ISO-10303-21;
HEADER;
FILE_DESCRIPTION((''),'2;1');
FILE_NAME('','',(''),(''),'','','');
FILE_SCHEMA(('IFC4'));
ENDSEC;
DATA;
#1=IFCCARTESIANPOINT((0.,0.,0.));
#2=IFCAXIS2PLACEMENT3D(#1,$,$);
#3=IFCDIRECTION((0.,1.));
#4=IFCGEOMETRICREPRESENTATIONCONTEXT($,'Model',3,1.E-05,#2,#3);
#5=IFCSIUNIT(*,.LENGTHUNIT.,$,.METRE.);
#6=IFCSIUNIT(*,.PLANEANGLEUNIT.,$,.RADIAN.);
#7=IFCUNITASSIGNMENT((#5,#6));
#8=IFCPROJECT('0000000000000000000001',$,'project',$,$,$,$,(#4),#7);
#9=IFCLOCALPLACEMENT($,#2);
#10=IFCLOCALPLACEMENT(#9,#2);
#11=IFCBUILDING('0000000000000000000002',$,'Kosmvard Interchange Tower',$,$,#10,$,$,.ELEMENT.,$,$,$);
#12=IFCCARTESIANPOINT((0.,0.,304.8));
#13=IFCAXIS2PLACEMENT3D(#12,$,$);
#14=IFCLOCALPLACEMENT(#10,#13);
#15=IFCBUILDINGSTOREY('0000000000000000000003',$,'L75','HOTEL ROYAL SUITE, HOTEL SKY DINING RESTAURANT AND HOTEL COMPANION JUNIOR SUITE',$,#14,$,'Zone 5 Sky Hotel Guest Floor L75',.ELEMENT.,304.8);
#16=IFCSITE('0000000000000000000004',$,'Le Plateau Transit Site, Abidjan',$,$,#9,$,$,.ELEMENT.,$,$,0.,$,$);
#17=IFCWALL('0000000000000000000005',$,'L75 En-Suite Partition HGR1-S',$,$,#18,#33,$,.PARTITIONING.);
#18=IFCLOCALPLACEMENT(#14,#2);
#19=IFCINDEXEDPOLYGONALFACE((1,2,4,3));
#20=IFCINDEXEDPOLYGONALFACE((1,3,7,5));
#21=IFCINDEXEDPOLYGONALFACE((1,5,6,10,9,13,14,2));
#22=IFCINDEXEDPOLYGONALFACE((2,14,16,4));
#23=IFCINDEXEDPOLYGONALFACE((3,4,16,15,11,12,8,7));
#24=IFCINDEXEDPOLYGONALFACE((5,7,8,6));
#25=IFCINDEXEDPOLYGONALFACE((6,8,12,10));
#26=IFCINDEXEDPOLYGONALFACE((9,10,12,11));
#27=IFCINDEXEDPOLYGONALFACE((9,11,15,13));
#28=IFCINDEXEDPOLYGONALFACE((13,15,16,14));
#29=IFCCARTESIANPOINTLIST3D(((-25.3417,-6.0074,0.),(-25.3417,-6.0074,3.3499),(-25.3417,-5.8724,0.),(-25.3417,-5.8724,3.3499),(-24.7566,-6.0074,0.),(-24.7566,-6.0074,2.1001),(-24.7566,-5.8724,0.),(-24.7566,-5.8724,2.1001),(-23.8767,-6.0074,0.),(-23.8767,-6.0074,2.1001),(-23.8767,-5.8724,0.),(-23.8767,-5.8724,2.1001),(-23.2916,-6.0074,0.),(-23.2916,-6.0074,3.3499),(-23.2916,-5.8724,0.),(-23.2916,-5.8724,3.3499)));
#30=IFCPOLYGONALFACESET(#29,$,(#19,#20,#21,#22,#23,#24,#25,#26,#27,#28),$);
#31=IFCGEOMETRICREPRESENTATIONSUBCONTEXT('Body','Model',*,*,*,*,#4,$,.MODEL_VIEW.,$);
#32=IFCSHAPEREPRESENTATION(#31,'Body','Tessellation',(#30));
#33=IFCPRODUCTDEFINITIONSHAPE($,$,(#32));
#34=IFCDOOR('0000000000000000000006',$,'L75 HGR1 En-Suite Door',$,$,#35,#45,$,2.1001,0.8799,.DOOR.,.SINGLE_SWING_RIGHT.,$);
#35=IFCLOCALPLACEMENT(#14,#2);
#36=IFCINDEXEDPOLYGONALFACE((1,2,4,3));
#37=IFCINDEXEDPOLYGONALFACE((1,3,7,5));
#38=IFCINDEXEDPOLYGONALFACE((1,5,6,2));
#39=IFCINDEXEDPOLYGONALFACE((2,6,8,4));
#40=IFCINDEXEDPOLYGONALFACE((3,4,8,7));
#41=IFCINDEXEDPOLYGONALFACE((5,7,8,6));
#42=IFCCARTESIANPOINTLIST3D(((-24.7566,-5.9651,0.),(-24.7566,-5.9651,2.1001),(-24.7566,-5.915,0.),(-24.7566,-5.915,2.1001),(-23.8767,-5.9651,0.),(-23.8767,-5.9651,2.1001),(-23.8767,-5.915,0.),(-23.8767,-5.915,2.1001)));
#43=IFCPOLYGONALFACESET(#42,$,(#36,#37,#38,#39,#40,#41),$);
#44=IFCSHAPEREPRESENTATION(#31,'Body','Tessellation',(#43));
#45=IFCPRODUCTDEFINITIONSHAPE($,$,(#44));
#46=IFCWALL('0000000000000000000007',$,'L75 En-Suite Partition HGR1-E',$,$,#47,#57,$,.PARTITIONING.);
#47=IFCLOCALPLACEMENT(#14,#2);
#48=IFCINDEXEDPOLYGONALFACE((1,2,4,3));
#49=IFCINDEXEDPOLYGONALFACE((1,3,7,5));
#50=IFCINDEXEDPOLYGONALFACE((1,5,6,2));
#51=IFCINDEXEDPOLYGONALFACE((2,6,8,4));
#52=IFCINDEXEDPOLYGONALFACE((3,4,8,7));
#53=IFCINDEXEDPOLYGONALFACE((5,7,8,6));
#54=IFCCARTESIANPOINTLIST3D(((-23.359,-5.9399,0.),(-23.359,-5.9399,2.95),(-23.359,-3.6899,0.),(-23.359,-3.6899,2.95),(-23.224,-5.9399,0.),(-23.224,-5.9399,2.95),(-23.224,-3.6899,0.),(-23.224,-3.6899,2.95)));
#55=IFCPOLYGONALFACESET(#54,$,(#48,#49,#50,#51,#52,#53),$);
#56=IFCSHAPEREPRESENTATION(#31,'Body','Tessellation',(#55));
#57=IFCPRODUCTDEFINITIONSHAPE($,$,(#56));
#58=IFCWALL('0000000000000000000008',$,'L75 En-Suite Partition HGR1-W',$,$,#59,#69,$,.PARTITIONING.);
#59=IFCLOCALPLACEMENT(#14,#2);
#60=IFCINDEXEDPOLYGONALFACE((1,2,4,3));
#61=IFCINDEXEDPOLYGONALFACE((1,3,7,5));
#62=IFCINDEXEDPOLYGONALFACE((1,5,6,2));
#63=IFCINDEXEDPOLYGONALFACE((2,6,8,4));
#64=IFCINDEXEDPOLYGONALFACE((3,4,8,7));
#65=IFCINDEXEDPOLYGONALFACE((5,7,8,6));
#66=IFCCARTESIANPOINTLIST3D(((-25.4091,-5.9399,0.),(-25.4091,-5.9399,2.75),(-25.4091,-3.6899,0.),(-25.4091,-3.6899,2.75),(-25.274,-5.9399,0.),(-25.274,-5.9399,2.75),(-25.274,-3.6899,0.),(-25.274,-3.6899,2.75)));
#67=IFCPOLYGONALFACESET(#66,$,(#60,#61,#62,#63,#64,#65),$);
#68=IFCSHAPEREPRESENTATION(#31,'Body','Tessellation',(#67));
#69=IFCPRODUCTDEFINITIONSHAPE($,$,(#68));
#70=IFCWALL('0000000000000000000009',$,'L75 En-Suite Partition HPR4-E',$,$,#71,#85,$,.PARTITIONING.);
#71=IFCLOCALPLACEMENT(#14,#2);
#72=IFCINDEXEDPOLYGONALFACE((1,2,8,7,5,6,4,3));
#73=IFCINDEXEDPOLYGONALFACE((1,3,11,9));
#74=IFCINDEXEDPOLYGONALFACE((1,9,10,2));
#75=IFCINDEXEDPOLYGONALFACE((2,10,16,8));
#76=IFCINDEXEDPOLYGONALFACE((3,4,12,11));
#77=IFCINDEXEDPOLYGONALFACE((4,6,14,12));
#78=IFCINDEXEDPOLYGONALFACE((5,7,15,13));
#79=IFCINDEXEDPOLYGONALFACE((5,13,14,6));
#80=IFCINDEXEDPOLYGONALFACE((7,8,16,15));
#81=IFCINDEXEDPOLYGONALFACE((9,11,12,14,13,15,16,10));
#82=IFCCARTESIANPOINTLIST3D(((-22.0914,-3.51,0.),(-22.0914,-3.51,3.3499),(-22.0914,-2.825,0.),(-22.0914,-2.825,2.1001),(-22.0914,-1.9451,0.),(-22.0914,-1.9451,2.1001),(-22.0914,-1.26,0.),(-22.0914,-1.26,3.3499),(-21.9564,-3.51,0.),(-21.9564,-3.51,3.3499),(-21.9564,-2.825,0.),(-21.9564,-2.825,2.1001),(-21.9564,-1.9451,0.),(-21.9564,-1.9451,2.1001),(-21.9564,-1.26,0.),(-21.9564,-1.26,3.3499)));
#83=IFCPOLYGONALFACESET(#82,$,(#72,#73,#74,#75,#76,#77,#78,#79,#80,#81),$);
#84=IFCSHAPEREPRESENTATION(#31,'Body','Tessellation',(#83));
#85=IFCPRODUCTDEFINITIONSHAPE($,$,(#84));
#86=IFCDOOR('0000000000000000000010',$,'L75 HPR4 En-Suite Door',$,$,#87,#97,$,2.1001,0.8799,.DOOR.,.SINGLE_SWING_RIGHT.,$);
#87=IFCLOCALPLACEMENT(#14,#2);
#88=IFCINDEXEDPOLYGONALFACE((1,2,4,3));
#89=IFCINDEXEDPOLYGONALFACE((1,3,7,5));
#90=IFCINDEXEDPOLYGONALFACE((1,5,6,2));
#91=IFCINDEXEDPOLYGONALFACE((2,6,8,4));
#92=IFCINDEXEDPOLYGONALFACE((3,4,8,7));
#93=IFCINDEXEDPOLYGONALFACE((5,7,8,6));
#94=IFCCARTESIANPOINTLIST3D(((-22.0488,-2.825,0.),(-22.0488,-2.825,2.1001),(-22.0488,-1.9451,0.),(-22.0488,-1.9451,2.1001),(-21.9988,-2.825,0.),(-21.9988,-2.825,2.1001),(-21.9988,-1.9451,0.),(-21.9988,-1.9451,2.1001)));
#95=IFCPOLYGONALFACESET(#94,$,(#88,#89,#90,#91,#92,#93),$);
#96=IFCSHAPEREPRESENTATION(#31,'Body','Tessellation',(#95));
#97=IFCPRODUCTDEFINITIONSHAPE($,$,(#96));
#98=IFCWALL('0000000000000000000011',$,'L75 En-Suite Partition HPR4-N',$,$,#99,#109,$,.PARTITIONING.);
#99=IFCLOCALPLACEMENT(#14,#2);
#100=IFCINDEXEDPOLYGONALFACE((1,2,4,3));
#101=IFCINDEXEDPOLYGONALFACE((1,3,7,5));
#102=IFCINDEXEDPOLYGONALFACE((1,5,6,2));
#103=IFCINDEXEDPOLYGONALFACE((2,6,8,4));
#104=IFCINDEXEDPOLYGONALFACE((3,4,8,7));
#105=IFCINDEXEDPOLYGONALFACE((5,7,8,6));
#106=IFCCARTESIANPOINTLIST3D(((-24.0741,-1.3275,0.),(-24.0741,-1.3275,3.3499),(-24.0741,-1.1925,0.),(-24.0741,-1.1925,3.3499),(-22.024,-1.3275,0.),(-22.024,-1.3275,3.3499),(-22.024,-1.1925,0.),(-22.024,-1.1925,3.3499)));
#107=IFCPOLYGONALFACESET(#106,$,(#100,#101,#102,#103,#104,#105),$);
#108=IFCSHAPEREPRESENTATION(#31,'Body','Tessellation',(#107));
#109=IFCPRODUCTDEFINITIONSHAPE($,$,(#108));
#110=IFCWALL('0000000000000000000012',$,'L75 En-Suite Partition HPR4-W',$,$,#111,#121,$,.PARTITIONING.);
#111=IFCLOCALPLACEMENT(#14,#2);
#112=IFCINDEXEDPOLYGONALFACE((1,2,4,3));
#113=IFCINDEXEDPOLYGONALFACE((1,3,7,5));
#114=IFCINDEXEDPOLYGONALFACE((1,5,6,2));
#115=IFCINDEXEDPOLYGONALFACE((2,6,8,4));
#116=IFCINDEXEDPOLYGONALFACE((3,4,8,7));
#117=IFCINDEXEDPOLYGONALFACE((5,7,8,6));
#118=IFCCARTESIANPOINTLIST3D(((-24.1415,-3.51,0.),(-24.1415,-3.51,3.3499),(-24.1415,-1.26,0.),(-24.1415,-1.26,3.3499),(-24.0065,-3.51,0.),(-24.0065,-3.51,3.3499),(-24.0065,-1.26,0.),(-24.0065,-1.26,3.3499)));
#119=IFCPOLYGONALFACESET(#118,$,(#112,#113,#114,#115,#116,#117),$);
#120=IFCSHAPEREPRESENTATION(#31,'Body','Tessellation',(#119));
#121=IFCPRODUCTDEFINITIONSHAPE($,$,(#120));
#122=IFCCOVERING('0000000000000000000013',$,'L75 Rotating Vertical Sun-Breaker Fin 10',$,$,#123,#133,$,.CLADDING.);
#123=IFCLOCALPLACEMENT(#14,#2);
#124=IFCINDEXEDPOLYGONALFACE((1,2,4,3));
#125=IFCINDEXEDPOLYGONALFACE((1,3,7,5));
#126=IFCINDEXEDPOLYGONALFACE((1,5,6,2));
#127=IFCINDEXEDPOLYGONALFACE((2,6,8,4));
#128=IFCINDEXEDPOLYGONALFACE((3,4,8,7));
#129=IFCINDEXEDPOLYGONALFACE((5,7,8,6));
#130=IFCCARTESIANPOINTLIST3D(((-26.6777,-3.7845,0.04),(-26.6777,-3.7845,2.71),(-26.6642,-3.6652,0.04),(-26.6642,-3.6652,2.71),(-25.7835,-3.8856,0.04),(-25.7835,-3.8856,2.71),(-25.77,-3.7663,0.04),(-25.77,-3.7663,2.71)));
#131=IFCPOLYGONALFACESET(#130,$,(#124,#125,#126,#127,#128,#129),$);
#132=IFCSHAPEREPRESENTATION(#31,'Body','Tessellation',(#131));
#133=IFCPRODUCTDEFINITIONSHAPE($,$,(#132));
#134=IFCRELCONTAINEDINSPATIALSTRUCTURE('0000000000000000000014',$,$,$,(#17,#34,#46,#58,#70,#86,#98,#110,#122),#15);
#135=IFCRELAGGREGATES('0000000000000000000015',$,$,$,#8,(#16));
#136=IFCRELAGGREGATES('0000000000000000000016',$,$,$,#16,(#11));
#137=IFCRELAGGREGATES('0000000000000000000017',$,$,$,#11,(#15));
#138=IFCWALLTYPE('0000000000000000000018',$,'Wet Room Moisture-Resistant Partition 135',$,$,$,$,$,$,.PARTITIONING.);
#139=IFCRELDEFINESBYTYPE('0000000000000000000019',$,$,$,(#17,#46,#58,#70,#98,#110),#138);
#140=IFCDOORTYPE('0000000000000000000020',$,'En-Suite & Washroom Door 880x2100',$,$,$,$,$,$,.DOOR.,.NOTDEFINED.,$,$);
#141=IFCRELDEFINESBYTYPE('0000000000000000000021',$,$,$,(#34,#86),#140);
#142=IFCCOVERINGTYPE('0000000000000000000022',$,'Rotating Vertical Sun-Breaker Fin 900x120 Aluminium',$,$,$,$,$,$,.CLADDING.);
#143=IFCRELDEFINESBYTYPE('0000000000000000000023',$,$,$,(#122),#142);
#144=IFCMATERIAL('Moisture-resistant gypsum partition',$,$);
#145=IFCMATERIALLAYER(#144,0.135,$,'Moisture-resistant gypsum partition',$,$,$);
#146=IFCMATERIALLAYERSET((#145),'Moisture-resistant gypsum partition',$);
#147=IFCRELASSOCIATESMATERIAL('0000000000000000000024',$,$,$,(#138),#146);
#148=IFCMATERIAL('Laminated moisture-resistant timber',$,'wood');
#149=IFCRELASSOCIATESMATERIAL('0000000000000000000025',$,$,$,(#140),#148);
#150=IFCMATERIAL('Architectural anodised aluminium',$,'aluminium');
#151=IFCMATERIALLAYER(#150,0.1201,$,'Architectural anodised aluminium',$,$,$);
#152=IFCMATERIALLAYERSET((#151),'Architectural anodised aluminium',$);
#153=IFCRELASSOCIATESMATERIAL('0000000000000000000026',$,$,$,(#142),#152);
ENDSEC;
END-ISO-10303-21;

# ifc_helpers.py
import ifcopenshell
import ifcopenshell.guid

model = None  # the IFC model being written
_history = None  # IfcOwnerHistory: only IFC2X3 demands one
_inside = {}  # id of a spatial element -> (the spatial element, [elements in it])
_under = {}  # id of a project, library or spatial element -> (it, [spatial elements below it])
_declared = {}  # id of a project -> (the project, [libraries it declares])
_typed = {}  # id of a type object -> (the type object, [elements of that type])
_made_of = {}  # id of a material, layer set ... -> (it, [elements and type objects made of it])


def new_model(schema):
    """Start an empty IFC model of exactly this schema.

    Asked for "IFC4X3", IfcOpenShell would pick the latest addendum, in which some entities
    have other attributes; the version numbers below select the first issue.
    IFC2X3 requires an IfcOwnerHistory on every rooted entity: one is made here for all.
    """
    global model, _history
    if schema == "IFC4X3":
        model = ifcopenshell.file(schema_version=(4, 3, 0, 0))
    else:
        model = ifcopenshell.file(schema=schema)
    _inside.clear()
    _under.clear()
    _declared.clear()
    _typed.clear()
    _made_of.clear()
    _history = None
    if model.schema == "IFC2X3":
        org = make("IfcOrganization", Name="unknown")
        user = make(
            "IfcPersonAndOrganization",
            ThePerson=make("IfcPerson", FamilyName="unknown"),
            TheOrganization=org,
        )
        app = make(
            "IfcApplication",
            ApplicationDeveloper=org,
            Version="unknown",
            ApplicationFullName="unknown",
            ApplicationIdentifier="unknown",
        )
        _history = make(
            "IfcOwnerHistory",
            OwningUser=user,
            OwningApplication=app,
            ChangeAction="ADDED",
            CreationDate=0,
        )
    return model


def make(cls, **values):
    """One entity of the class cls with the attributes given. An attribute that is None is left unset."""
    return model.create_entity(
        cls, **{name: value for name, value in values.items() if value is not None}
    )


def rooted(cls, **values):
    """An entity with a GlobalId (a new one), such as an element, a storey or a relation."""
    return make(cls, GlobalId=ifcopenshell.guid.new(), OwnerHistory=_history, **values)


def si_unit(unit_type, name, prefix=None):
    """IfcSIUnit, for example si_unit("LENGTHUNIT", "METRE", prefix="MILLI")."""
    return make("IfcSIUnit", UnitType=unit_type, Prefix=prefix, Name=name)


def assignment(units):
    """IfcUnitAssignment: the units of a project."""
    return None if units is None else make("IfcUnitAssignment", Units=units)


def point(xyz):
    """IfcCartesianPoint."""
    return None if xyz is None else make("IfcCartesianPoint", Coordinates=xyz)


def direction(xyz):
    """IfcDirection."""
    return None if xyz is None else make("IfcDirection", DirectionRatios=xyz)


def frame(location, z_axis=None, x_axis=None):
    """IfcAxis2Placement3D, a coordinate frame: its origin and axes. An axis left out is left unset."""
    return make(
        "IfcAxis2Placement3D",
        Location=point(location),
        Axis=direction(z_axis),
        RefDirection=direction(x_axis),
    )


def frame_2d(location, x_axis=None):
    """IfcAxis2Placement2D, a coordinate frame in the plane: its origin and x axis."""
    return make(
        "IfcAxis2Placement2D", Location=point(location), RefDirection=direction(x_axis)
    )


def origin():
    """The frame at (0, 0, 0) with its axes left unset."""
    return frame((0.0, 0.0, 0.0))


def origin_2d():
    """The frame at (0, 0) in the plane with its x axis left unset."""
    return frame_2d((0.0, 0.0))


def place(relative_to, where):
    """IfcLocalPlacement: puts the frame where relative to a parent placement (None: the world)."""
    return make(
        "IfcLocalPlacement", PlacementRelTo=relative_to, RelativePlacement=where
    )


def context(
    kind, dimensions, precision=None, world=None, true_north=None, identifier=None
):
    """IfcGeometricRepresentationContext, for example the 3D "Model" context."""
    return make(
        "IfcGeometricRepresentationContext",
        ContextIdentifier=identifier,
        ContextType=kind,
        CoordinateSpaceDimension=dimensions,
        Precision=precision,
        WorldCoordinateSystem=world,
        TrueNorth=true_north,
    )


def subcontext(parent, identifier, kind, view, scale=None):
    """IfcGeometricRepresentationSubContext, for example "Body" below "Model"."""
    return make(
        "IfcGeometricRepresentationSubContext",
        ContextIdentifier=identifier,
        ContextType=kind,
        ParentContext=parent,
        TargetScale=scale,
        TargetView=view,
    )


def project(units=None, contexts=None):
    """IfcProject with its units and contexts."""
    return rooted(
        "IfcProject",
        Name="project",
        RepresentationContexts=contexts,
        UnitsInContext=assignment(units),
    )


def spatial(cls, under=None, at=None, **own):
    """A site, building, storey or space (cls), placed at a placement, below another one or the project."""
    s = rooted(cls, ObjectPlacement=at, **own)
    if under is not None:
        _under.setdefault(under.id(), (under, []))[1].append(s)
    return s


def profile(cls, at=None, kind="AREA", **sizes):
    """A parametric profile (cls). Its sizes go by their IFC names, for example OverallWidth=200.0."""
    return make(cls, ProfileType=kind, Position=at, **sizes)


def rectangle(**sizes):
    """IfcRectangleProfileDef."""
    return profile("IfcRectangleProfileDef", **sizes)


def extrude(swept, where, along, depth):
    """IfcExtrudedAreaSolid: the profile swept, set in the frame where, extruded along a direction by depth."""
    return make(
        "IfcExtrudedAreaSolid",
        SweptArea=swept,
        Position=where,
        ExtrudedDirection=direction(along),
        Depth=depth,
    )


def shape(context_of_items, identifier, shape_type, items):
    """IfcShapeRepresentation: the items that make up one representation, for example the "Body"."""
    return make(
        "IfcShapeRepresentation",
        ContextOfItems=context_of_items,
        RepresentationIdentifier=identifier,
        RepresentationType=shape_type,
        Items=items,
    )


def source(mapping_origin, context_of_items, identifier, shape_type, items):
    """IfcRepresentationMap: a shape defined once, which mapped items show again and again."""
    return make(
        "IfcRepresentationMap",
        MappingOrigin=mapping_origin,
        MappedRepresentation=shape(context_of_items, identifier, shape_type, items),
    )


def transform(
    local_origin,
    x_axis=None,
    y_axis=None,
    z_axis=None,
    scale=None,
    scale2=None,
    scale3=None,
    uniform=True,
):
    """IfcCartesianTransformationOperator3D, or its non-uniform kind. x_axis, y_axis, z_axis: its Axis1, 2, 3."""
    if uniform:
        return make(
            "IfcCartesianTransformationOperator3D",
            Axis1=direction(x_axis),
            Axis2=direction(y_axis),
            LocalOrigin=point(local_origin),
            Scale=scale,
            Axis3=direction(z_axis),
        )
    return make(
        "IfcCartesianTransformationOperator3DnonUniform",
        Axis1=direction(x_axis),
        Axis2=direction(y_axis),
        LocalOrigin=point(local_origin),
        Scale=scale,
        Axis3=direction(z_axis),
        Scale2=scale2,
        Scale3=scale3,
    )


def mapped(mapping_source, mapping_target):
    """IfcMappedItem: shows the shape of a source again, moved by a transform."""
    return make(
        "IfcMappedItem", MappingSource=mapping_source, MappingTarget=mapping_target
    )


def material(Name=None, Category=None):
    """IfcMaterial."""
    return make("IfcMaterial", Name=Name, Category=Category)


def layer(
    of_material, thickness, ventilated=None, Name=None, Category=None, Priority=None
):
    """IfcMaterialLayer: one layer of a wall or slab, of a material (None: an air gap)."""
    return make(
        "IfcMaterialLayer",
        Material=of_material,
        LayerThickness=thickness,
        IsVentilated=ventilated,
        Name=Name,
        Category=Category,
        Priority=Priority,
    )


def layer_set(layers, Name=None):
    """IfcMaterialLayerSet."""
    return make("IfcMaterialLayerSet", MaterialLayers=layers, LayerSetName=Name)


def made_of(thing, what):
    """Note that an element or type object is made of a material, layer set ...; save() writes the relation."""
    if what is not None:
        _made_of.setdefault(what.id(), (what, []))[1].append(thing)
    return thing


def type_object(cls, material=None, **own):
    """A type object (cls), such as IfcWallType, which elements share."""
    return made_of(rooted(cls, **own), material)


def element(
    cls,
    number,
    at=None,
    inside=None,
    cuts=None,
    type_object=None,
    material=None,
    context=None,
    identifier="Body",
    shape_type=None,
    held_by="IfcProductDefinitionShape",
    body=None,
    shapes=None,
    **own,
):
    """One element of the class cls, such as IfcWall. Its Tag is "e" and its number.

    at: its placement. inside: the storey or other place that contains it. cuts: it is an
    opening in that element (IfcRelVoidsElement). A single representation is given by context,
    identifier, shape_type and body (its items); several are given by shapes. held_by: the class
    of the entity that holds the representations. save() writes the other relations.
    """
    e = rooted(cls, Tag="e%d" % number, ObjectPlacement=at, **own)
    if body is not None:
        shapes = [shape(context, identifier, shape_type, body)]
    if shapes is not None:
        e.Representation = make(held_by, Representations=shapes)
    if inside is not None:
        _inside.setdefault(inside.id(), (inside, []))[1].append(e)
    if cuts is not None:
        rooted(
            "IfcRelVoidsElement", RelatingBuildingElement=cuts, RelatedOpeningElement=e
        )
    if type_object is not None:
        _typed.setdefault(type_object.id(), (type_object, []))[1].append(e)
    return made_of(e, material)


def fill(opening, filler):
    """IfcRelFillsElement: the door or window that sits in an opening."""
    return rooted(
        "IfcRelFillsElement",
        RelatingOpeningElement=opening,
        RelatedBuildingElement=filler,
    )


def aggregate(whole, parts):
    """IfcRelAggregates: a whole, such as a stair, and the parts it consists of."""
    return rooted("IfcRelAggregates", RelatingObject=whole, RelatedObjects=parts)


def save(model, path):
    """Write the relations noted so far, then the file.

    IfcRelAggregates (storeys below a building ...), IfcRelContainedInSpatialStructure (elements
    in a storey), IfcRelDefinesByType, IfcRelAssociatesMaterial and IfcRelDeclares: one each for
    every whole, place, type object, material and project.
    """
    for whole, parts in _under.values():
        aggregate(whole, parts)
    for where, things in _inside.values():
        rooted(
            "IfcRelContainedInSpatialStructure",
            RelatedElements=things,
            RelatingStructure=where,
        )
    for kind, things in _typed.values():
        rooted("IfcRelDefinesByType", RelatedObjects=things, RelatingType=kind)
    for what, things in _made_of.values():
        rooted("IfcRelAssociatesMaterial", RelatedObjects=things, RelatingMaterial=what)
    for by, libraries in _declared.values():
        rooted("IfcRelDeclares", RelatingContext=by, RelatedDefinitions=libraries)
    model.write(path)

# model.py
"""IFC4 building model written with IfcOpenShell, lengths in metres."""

from ifc_helpers import new_model, si_unit, direction, frame, frame_2d, origin, origin_2d, place, context, subcontext, project, spatial, rectangle, extrude, source, transform, mapped, material, layer, layer_set, type_object, element, fill, save


model = new_model("IFC4")

# Units and contexts
model_context = context("Model", 3, precision=1e-05, world=origin(), true_north=direction((0.0, 1.0)))
body_context = subcontext(model_context, "Body", "Model", "MODEL_VIEW")
ifc_project = project(units=[si_unit("LENGTHUNIT", "METRE"), si_unit("PLANEANGLEUNIT", "RADIAN")], contexts=[model_context])

# Site, building, storey
site_placement = place(None, origin())
site = spatial("IfcSite", under=ifc_project, at=site_placement, Name="Le Plateau Transit Site, Abidjan", CompositionType="ELEMENT", RefElevation=0.0)
building_placement = place(site_placement, origin())
building = spatial("IfcBuilding", under=site, at=building_placement, Name="Kosmvard Interchange Tower", CompositionType="ELEMENT")
storey_placement = place(building_placement, frame((0.0, 0.0, 304.8)))
storey = spatial("IfcBuildingStorey", under=building, at=storey_placement, Name="L75", Description="HOTEL ROYAL SUITE, HOTEL SKY DINING RESTAURANT AND HOTEL COMPANION JUNIOR SUITE", LongName="Zone 5 Sky Hotel Guest Floor L75", CompositionType="ELEMENT", Elevation=304.8)

# Wall, opening, door
ifc_material_1 = material(Name="Moisture-resistant gypsum partition")
ifc_layer_1 = layer(ifc_material_1, 0.135, Name="Moisture-resistant gypsum partition")
ifc_layer_set_1 = layer_set([ifc_layer_1], Name="Moisture-resistant gypsum partition")
wall_type_1 = type_object("IfcWallType", Name="Wet Room Moisture-Resistant Partition 135", PredefinedType="PARTITIONING", material=ifc_layer_set_1)
wall_1_placement = place(storey_placement, frame((-25.3416, -5.9399, 0.0), z_axis=(0.0, 0.0, 1.0), x_axis=(1.0, 0.0, 0.0)))
wall_1 = element("IfcWall", 1, at=wall_1_placement, inside=storey, type_object=wall_type_1, Name="L75 En-Suite Partition HGR1-S", PredefinedType="PARTITIONING", context=body_context, shape_type="SweptSolid", body=[
    extrude(rectangle(XDim=2.05, YDim=0.135, at=frame_2d((1.0249, 0.0))), origin(), (0.0, 0.0, 1.0), 3.3499),
])
opening_1_placement = place(wall_1_placement, frame((0.585, 0.0, 0.0)))
opening_1 = element("IfcOpeningElement", 2, at=opening_1_placement, cuts=wall_1, PredefinedType="OPENING", context=body_context, shape_type="SweptSolid", body=[
    extrude(rectangle(XDim=0.8799, YDim=2.1001, at=frame_2d((0.4399, 1.05))), frame((0.0, 0.0776, 0.0), z_axis=(0.0, -1.0, 0.0), x_axis=(1.0, 0.0, 0.0)), (0.0, 0.0, 1.0), 0.155),
])
ifc_material_2 = material(Name="Laminated moisture-resistant timber", Category="wood")
door_type = type_object("IfcDoorType", Name="En-Suite & Washroom Door 880x2100", OperationType="NOTDEFINED", PredefinedType="DOOR", material=ifc_material_2)
shared_shape_1 = source(origin(), body_context, "Body", "SweptSolid", [
    extrude(rectangle(XDim=0.8799, YDim=2.1001, at=frame_2d((0.4399, 1.05))), frame((0.0, 0.0249, 0.0), z_axis=(0.0, -1.0, 0.0), x_axis=(1.0, 0.0, 0.0)), (0.0, 0.0, 1.0), 0.05),
])
door_1_placement = place(opening_1_placement, origin())
door_1 = element("IfcDoor", 3, at=door_1_placement, inside=storey, type_object=door_type, Name="L75 HGR1 En-Suite Door", OperationType="SINGLE_SWING_RIGHT", OverallHeight=2.1001, OverallWidth=0.8799, PredefinedType="DOOR", context=body_context, shape_type="MappedRepresentation", body=[
    mapped(shared_shape_1, transform((0.0, 0.0, 0.0), scale=1.0)),
])
fill(opening_1, door_1)

# Walls
wall_2_placement = place(storey_placement, frame((-23.2915, -5.9399, 0.0), z_axis=(0.0, 0.0, 1.0), x_axis=(0.0, 1.0, 0.0)))
element("IfcWall", 4, at=wall_2_placement, inside=storey, type_object=wall_type_1, Name="L75 En-Suite Partition HGR1-E", PredefinedType="PARTITIONING", context=body_context, shape_type="SweptSolid", body=[
    extrude(rectangle(XDim=2.25, YDim=0.135, at=frame_2d((1.125, 0.0))), origin(), (0.0, 0.0, 1.0), 2.95),
])
wall_3_placement = place(storey_placement, frame((-25.3416, -5.9399, 0.0), z_axis=(0.0, 0.0, 1.0), x_axis=(0.0, 1.0, 0.0)))
element("IfcWall", 5, at=wall_3_placement, inside=storey, type_object=wall_type_1, Name="L75 En-Suite Partition HGR1-W", PredefinedType="PARTITIONING", context=body_context, shape_type="SweptSolid", body=[
    extrude(rectangle(XDim=2.25, YDim=0.135, at=frame_2d((1.125, 0.0))), origin(), (0.0, 0.0, 1.0), 2.75),
])

# Wall, opening, door
wall_4_placement = place(storey_placement, frame((-22.0239, -3.51, 0.0), z_axis=(0.0, 0.0, 1.0), x_axis=(0.0, 1.0, 0.0)))
wall_4 = element("IfcWall", 6, at=wall_4_placement, inside=storey, type_object=wall_type_1, Name="L75 En-Suite Partition HPR4-E", PredefinedType="PARTITIONING", context=body_context, shape_type="SweptSolid", body=[
    extrude(rectangle(XDim=2.25, YDim=0.135, at=frame_2d((1.125, 0.0))), origin(), (0.0, 0.0, 1.0), 3.3499),
])
opening_2_placement = place(wall_4_placement, frame((0.6851, 0.0, 0.0)))
opening_2 = element("IfcOpeningElement", 7, at=opening_2_placement, cuts=wall_4, PredefinedType="OPENING", context=body_context, shape_type="SweptSolid", body=[
    extrude(rectangle(XDim=0.8799, YDim=2.1001, at=frame_2d((0.4399, 1.05))), frame((0.0, 0.0776, 0.0), z_axis=(0.0, -1.0, 0.0), x_axis=(1.0, 0.0, 0.0)), (0.0, 0.0, 1.0), 0.155),
])
door_2_placement = place(opening_2_placement, origin())
door_2 = element("IfcDoor", 8, at=door_2_placement, inside=storey, type_object=door_type, Name="L75 HPR4 En-Suite Door", OperationType="SINGLE_SWING_RIGHT", OverallHeight=2.1001, OverallWidth=0.8799, PredefinedType="DOOR", context=body_context, shape_type="MappedRepresentation", body=[
    mapped(shared_shape_1, transform((0.0, 0.0, 0.0), scale=1.0)),
])
fill(opening_2, door_2)

# Walls
wall_5_placement = place(storey_placement, frame((-24.074, -1.26, 0.0), z_axis=(0.0, 0.0, 1.0), x_axis=(1.0, 0.0, 0.0)))
element("IfcWall", 9, at=wall_5_placement, inside=storey, type_object=wall_type_1, Name="L75 En-Suite Partition HPR4-N", PredefinedType="PARTITIONING", context=body_context, shape_type="SweptSolid", body=[
    extrude(rectangle(XDim=2.05, YDim=0.135, at=frame_2d((1.0249, 0.0))), origin(), (0.0, 0.0, 1.0), 3.3499),
])
wall_6_placement = place(storey_placement, frame((-24.074, -3.51, 0.0), z_axis=(0.0, 0.0, 1.0), x_axis=(0.0, 1.0, 0.0)))
element("IfcWall", 10, at=wall_6_placement, inside=storey, type_object=wall_type_1, Name="L75 En-Suite Partition HPR4-W", PredefinedType="PARTITIONING", context=body_context, shape_type="SweptSolid", body=[
    extrude(rectangle(XDim=2.25, YDim=0.135, at=frame_2d((1.125, 0.0))), origin(), (0.0, 0.0, 1.0), 3.3499),
])

# Covering
ifc_material_3 = material(Name="Architectural anodised aluminium", Category="aluminium")
ifc_layer_2 = layer(ifc_material_3, 0.1201, Name="Architectural anodised aluminium")
ifc_layer_set_2 = layer_set([ifc_layer_2], Name="Architectural anodised aluminium")
covering_type = type_object("IfcCoveringType", Name="Rotating Vertical Sun-Breaker Fin 900x120 Aluminium", PredefinedType="CLADDING", material=ifc_layer_set_2)
shared_shape_2 = source(origin(), body_context, "Body", "SweptSolid", [
    extrude(rectangle(XDim=0.8999, YDim=0.1201, at=origin_2d()), origin(), (0.0, 0.0, 1.0), 2.6699),
])
covering_placement = place(storey_placement, frame((-26.2239, -3.7754, 0.04), z_axis=(0.0, 0.0, 1.0), x_axis=(-0.99367, 0.112336, 0.0)))
element("IfcCovering", 11, at=covering_placement, inside=storey, type_object=covering_type, Name="L75 Rotating Vertical Sun-Breaker Fin 10", PredefinedType="CLADDING", context=body_context, shape_type="MappedRepresentation", body=[
    mapped(shared_shape_2, transform((0.0, 0.0, 0.0), scale=1.0)),
])

save(model, "model.ifc")
